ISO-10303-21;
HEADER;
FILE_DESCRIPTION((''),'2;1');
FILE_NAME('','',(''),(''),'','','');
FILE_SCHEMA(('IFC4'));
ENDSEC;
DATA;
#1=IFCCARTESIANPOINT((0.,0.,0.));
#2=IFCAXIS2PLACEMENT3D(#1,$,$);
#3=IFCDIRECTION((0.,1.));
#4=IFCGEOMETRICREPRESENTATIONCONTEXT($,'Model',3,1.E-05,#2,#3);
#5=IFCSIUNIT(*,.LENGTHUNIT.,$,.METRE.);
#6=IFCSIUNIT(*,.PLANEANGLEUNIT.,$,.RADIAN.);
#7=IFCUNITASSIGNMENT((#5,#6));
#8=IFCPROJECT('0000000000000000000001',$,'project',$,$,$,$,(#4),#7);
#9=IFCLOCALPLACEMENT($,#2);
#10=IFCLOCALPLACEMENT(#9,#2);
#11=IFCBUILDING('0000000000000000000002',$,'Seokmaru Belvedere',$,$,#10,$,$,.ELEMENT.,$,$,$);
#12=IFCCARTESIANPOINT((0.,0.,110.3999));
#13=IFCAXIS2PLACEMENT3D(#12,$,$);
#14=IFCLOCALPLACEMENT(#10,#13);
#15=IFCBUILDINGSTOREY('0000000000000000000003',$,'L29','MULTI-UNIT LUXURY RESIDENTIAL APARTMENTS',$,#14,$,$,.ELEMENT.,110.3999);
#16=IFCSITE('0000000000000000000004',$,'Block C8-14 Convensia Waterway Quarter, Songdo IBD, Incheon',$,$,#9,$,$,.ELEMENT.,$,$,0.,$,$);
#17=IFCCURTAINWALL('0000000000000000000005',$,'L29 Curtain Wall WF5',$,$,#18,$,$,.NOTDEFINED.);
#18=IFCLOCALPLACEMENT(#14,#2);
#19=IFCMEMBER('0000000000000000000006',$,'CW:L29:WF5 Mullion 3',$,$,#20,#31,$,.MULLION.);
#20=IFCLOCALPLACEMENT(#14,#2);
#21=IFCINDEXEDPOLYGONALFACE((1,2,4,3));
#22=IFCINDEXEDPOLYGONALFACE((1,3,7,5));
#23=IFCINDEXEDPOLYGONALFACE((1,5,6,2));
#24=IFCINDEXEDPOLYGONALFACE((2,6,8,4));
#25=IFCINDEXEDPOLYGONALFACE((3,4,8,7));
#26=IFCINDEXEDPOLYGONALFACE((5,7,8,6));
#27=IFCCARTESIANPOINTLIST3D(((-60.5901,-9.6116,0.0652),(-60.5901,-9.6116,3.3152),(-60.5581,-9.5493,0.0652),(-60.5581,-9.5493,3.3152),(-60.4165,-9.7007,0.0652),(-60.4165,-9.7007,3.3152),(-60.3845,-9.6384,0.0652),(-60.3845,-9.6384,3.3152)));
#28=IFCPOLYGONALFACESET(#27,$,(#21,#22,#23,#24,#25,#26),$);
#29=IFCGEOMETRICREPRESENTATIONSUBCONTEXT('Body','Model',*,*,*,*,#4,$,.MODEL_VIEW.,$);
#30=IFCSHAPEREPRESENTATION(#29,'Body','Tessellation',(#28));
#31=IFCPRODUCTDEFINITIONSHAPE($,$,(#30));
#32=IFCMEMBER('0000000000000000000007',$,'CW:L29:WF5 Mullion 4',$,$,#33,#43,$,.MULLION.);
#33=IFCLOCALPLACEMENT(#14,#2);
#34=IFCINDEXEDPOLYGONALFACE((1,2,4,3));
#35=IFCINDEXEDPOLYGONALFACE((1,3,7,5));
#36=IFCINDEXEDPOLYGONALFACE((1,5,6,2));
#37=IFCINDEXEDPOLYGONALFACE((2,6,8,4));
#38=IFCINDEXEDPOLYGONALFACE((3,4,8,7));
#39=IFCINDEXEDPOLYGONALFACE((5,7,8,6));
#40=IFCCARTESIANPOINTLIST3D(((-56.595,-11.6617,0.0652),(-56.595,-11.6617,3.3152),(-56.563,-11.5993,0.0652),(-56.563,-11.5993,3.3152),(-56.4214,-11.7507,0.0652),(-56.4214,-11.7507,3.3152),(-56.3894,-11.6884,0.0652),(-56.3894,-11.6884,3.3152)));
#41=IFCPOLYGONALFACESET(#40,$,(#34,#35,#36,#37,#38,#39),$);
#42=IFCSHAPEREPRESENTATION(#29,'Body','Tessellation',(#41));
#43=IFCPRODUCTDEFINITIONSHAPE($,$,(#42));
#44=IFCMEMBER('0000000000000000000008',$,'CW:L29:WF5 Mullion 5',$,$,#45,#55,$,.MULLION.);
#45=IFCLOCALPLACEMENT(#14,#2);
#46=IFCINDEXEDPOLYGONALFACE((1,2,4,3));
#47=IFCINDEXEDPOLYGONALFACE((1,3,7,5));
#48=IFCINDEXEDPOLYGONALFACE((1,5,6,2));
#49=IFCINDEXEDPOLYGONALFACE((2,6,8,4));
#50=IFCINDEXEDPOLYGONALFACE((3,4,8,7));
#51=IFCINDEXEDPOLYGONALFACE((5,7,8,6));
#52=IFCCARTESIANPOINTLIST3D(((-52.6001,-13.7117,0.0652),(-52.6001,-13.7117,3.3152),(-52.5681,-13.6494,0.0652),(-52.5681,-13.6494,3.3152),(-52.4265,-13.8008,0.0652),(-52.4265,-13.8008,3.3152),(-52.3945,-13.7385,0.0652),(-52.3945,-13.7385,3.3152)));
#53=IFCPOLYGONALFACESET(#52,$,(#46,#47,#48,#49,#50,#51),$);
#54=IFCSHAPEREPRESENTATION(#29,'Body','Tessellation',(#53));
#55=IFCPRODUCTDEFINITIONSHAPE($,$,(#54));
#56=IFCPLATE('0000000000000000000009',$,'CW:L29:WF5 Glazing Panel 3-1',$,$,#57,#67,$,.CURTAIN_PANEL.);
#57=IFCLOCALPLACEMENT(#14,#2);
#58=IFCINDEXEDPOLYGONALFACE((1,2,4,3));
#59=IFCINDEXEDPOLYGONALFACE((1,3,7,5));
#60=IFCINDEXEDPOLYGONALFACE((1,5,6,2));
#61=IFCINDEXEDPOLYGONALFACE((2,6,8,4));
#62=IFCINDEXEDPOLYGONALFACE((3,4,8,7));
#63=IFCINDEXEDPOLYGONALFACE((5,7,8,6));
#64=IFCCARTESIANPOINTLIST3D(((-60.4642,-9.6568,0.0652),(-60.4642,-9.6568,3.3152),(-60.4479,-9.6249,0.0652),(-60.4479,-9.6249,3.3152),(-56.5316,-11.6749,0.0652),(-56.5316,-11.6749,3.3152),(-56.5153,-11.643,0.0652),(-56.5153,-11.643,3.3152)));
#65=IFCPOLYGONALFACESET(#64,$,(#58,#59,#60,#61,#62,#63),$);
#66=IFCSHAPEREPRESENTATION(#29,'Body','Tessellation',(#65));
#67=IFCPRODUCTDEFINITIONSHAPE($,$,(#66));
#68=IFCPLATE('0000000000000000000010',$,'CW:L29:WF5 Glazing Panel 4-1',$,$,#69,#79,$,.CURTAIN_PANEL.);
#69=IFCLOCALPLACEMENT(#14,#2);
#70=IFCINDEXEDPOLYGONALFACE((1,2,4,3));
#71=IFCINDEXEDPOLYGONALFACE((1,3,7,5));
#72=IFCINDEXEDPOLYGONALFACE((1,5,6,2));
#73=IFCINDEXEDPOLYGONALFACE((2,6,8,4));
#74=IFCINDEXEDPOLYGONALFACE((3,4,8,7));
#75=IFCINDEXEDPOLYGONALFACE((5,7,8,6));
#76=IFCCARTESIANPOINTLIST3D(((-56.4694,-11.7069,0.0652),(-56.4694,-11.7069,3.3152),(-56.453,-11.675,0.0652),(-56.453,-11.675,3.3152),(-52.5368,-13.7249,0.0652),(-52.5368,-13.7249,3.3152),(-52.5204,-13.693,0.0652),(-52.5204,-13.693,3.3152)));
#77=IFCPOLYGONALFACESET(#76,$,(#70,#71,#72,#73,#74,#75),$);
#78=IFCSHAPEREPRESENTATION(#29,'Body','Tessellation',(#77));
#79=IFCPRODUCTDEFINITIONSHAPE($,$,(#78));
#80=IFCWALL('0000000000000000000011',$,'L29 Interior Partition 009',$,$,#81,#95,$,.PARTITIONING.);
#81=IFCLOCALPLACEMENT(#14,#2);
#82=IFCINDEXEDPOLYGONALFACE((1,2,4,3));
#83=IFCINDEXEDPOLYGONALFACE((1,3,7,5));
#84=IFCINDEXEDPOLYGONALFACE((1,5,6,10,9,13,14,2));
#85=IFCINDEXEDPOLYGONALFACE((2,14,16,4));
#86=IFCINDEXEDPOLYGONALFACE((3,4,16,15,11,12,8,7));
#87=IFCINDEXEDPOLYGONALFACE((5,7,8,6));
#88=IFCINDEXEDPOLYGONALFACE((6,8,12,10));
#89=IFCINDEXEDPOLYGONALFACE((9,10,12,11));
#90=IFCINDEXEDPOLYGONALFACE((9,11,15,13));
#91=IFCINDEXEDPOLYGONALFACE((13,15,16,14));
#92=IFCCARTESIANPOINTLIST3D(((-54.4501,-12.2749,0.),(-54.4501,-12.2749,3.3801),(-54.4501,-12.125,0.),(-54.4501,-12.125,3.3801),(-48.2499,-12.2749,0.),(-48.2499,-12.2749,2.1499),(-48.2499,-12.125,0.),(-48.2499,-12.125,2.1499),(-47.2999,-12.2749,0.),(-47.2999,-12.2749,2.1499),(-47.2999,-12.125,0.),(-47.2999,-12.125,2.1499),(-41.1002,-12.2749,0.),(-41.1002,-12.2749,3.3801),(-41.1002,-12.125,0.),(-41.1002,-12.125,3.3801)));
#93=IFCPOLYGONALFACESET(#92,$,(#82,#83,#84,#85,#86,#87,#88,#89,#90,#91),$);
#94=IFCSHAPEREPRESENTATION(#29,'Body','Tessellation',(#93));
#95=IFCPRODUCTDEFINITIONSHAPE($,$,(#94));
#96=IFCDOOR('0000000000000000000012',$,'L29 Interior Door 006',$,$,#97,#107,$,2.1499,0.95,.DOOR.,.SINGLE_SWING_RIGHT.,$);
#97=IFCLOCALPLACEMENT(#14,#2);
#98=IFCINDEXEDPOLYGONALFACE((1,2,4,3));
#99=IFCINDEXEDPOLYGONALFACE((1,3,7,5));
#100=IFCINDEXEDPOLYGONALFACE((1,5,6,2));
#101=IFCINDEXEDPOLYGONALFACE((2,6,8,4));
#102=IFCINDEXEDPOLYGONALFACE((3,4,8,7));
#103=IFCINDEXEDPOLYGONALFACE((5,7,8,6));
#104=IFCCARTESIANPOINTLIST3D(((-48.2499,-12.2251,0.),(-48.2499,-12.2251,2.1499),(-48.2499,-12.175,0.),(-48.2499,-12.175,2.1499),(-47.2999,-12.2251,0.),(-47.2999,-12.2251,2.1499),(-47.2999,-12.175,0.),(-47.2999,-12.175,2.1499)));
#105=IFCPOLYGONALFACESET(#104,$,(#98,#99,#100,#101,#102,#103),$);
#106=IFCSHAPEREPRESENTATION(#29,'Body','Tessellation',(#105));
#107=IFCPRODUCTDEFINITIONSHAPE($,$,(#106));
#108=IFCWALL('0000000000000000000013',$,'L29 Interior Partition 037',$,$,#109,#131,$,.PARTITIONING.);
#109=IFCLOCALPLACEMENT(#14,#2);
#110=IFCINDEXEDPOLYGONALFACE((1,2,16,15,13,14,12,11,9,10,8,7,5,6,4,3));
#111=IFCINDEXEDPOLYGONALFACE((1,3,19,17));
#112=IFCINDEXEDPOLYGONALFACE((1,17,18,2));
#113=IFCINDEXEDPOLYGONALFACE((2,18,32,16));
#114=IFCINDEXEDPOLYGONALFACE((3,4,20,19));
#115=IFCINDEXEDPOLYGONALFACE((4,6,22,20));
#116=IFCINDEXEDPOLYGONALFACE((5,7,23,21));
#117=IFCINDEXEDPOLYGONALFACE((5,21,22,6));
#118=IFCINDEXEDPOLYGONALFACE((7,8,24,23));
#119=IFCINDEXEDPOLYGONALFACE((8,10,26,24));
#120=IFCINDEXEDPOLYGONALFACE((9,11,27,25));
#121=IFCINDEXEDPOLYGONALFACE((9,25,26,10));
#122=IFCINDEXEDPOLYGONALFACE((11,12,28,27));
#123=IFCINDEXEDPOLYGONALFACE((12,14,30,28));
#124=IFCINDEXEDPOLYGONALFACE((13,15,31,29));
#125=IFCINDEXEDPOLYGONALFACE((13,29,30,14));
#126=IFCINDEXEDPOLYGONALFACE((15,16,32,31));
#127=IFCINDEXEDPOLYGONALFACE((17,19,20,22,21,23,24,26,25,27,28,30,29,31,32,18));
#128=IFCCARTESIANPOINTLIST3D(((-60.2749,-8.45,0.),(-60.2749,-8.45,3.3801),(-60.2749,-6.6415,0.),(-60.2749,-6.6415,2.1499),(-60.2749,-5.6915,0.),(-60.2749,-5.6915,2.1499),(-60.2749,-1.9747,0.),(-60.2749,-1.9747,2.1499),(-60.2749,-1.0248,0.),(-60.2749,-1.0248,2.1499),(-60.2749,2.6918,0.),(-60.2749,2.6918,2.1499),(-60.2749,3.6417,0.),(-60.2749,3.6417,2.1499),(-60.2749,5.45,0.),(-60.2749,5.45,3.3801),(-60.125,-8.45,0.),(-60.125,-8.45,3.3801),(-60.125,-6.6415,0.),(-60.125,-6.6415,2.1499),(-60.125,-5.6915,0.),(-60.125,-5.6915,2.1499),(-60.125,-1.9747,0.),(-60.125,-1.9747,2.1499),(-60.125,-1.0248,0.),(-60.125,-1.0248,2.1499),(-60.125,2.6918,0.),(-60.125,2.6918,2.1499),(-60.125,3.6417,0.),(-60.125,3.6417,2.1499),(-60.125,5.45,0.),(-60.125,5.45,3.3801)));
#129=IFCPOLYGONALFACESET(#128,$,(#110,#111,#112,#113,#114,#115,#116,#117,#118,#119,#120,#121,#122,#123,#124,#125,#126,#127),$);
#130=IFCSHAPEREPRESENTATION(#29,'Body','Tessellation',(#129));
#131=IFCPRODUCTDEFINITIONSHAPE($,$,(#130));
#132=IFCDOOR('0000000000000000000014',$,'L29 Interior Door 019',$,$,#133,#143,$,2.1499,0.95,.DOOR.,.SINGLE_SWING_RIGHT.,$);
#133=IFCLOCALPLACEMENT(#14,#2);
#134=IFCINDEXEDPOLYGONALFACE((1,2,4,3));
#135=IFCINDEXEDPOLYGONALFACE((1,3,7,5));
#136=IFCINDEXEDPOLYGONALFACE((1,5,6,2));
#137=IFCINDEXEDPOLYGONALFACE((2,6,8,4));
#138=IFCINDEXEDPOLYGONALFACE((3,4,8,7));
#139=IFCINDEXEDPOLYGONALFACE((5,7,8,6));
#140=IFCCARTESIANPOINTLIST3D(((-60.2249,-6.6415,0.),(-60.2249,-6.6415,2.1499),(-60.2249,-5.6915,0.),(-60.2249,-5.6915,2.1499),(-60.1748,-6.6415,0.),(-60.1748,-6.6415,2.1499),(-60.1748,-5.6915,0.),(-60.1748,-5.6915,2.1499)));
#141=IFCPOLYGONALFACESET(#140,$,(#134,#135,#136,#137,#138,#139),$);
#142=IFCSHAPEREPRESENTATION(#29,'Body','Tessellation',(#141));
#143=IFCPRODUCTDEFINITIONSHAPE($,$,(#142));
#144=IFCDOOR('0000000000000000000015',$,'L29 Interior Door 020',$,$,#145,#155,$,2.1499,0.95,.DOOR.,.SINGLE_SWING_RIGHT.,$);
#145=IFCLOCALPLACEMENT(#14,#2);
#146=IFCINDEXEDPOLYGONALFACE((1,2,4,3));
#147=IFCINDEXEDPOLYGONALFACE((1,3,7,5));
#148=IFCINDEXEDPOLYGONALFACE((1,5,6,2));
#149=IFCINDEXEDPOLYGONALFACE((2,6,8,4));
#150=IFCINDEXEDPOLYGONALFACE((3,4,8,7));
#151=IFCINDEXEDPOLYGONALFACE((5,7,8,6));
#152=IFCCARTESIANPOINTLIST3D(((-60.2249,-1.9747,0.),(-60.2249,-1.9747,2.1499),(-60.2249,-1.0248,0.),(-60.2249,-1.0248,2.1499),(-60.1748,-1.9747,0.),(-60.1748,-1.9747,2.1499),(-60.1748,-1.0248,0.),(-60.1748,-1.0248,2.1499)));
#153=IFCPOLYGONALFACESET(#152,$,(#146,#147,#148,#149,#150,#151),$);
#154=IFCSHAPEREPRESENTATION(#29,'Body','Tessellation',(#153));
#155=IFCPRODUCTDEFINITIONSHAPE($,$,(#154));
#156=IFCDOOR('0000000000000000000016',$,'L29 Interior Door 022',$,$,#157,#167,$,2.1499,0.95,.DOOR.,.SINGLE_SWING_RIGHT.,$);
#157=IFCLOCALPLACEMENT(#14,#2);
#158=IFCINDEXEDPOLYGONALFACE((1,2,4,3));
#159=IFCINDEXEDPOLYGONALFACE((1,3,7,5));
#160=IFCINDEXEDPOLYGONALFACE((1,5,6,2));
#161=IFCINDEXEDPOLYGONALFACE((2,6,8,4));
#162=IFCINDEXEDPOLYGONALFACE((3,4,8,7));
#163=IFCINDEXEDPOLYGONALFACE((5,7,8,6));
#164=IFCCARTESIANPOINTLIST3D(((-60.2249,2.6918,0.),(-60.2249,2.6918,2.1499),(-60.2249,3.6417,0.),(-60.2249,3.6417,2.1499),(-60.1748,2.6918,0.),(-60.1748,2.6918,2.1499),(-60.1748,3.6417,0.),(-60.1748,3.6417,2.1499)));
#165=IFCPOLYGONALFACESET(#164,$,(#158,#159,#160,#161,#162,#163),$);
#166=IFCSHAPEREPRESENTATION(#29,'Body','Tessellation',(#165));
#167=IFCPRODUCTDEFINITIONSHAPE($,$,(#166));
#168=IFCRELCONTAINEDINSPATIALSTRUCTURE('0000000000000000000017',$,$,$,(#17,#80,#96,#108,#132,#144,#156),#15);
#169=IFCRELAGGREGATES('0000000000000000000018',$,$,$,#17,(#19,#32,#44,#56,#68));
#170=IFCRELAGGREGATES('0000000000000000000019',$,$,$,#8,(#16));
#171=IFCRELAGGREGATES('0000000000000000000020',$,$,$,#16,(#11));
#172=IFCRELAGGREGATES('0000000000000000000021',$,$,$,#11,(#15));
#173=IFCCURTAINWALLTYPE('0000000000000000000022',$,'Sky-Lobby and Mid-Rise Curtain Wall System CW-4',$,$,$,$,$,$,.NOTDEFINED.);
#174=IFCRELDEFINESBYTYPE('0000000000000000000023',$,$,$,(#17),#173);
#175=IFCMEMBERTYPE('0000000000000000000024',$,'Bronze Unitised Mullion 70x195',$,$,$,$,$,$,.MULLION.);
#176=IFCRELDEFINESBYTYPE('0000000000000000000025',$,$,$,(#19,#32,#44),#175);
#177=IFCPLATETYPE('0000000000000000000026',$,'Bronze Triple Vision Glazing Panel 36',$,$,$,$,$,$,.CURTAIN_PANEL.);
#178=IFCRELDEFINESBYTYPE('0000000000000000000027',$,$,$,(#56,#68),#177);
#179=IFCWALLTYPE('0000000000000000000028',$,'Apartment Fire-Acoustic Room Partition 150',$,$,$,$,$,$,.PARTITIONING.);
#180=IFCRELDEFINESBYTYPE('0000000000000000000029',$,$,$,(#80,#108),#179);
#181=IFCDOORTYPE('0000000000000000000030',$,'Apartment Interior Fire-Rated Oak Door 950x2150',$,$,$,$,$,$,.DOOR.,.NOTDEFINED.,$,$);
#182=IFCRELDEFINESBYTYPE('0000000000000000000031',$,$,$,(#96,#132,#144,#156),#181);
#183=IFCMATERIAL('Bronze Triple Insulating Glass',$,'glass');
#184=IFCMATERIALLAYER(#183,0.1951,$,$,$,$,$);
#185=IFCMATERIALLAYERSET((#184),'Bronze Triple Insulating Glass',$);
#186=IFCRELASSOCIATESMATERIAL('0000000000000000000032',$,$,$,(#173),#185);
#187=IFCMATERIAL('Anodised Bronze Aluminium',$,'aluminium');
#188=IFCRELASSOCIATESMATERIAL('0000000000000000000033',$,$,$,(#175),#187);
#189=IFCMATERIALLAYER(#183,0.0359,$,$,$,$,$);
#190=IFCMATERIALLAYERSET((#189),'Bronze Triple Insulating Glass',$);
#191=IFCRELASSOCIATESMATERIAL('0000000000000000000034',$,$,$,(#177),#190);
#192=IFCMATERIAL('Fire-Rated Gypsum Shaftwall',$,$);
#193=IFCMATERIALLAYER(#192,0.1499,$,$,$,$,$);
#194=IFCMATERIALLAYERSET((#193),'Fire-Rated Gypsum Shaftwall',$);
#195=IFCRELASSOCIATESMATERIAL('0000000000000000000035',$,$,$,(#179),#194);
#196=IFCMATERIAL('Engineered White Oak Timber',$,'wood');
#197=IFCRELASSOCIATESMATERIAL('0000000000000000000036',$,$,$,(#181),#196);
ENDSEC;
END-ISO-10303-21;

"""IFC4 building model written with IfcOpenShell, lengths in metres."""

from ifc_helpers import new_model, si_unit, direction, frame, frame_2d, origin, origin_2d, place, context, subcontext, project, spatial, rectangle, extrude, source, transform, mapped, material, layer, layer_set, material_profile, profile_set, type_object, type_shapes, element, fill, aggregate, save


model = new_model("IFC4")

# Units and contexts
model_context = context("Model", 3, precision=1e-05, world=origin(), true_north=direction((0.0, 1.0)))
body_context = subcontext(model_context, "Body", "Model", "MODEL_VIEW")
ifc_project = project(units=[si_unit("LENGTHUNIT", "METRE"), si_unit("PLANEANGLEUNIT", "RADIAN")], contexts=[model_context])

# Site, building, storey
site_placement = place(None, origin())
site = spatial("IfcSite", under=ifc_project, at=site_placement, Name="Block C8-14 Convensia Waterway Quarter, Songdo IBD, Incheon", CompositionType="ELEMENT", RefElevation=0.0)
building_placement = place(site_placement, origin())
building = spatial("IfcBuilding", under=site, at=building_placement, Name="Seokmaru Belvedere", CompositionType="ELEMENT")
storey_placement = place(building_placement, frame((0.0, 0.0, 110.3999)))
storey = spatial("IfcBuildingStorey", under=building, at=storey_placement, Name="L29", Description="MULTI-UNIT LUXURY RESIDENTIAL APARTMENTS", CompositionType="ELEMENT", Elevation=110.3999)

# Curtain wall, members, plates
ifc_material_1 = material(Name="Bronze Triple Insulating Glass", Category="glass")
ifc_layer_1 = layer(ifc_material_1, 0.1951)
ifc_layer_set_1 = layer_set([ifc_layer_1], Name="Bronze Triple Insulating Glass")
curtain_wall_type = type_object("IfcCurtainWallType", Name="Sky-Lobby and Mid-Rise Curtain Wall System CW-4", PredefinedType="NOTDEFINED", material=ifc_layer_set_1)
curtain_wall_placement = place(storey_placement, origin())
curtain_wall = element("IfcCurtainWall", 1, at=curtain_wall_placement, inside=storey, type_object=curtain_wall_type, Name="L29 Curtain Wall WF5", PredefinedType="NOTDEFINED")
ifc_material_2 = material(Name="Anodised Bronze Aluminium", Category="aluminium")
ifc_material_profile_1 = material_profile(ifc_material_2, rectangle(XDim=0.0701, YDim=0.1951, at=origin_2d()), Name="CW-M-70x195")
ifc_profile_set_1 = profile_set([ifc_material_profile_1], Name="Anodised Bronze Aluminium")
member_type = type_object("IfcMemberType", Name="Bronze Unitised Mullion 70x195", PredefinedType="MULLION", material=ifc_profile_set_1)
shared_shape_1 = source(origin(), body_context, "Body", "SweptSolid", [
    extrude(rectangle(XDim=0.0701, YDim=0.1951, at=origin_2d()), origin(), (0.0, 0.0, 1.0), 3.25),
])
type_shapes(member_type, [shared_shape_1])
member_1_placement = place(storey_placement, frame((-60.4873, -9.625, 0.0652), z_axis=(0.0, 0.0, 1.0), x_axis=(0.456555, 0.889695, 0.0)))
member_1 = element("IfcMember", 2, at=member_1_placement, type_object=member_type, Name="CW:L29:WF5 Mullion 3", PredefinedType="MULLION", context=body_context, shape_type="MappedRepresentation", body=[
    mapped(shared_shape_1, transform((0.0, 0.0, 0.0), scale=1.0)),
])
member_2_placement = place(storey_placement, frame((-56.4922, -11.675, 0.0652), z_axis=(0.0, 0.0, 1.0), x_axis=(0.456555, 0.889695, 0.0)))
member_2 = element("IfcMember", 3, at=member_2_placement, type_object=member_type, Name="CW:L29:WF5 Mullion 4", PredefinedType="MULLION", context=body_context, shape_type="MappedRepresentation", body=[
    mapped(shared_shape_1, transform((0.0, 0.0, 0.0), scale=1.0)),
])
member_3_placement = place(storey_placement, frame((-52.4973, -13.7251, 0.0652), z_axis=(0.0, 0.0, 1.0), x_axis=(0.456555, 0.889695, 0.0)))
member_3 = element("IfcMember", 4, at=member_3_placement, type_object=member_type, Name="CW:L29:WF5 Mullion 5", PredefinedType="MULLION", context=body_context, shape_type="MappedRepresentation", body=[
    mapped(shared_shape_1, transform((0.0, 0.0, 0.0), scale=1.0)),
])
ifc_layer_2 = layer(ifc_material_1, 0.0359)
ifc_layer_set_2 = layer_set([ifc_layer_2], Name="Bronze Triple Insulating Glass")
plate_type = type_object("IfcPlateType", Name="Bronze Triple Vision Glazing Panel 36", PredefinedType="CURTAIN_PANEL", material=ifc_layer_set_2)
shared_shape_2 = source(origin(), body_context, "Body", "SweptSolid", [
    extrude(rectangle(XDim=4.4202, YDim=0.0359, at=origin_2d()), origin(), (0.0, 0.0, 1.0), 3.25),
])
type_shapes(plate_type, [shared_shape_2])
plate_1_placement = place(storey_placement, frame((-58.4897, -10.6499, 0.0652), z_axis=(0.0, 0.0, 1.0), x_axis=(0.889695, -0.456555, 0.0)))
plate_1 = element("IfcPlate", 5, at=plate_1_placement, type_object=plate_type, Name="CW:L29:WF5 Glazing Panel 3-1", PredefinedType="CURTAIN_PANEL", context=body_context, shape_type="MappedRepresentation", body=[
    mapped(shared_shape_2, transform((0.0, 0.0, 0.0), scale=1.0)),
])
plate_2_placement = place(storey_placement, frame((-54.4949, -12.7, 0.0652), z_axis=(0.0, 0.0, 1.0), x_axis=(0.889695, -0.456555, 0.0)))
plate_2 = element("IfcPlate", 6, at=plate_2_placement, type_object=plate_type, Name="CW:L29:WF5 Glazing Panel 4-1", PredefinedType="CURTAIN_PANEL", context=body_context, shape_type="MappedRepresentation", body=[
    mapped(shared_shape_2, transform((0.0, 0.0, 0.0), scale=1.0)),
])
aggregate(curtain_wall, [member_1, member_2, member_3, plate_1, plate_2])

# Wall, opening, door
ifc_material_3 = material(Name="Fire-Rated Gypsum Shaftwall")
ifc_layer_3 = layer(ifc_material_3, 0.1499)
ifc_layer_set_3 = layer_set([ifc_layer_3], Name="Fire-Rated Gypsum Shaftwall")
wall_type = type_object("IfcWallType", Name="Apartment Fire-Acoustic Room Partition 150", PredefinedType="PARTITIONING", material=ifc_layer_set_3)
wall_1_placement = place(storey_placement, frame((-54.45, -12.2, 0.0), z_axis=(0.0, 0.0, 1.0), x_axis=(1.0, 0.0, 0.0)))
wall_1 = element("IfcWall", 7, at=wall_1_placement, inside=storey, type_object=wall_type, Name="L29 Interior Partition 009", PredefinedType="PARTITIONING", context=body_context, shape_type="SweptSolid", body=[
    extrude(rectangle(XDim=13.3499, YDim=0.1499, at=frame_2d((6.6748, 0.0))), origin(), (0.0, 0.0, 1.0), 3.3801),
])
opening_1_placement = place(wall_1_placement, frame((6.2, 0.0, 0.0)))
opening_1 = element("IfcOpeningElement", 8, at=opening_1_placement, cuts=wall_1, PredefinedType="OPENING", context=body_context, shape_type="SweptSolid", body=[
    extrude(rectangle(XDim=0.95, YDim=2.1499, at=frame_2d((0.4751, 1.075))), frame((0.0, 0.085, 0.0), z_axis=(0.0, -1.0, 0.0), x_axis=(1.0, 0.0, 0.0)), (0.0, 0.0, 1.0), 0.1699),
])
ifc_material_4 = material(Name="Engineered White Oak Timber", Category="wood")
door_type = type_object("IfcDoorType", Name="Apartment Interior Fire-Rated Oak Door 950x2150", OperationType="NOTDEFINED", PredefinedType="DOOR", material=ifc_material_4)
shared_shape_3 = source(origin(), body_context, "Body", "SweptSolid", [
    extrude(rectangle(XDim=0.95, YDim=2.1499, at=frame_2d((0.4751, 1.075))), frame((0.0, 0.0249, 0.0), z_axis=(0.0, -1.0, 0.0), x_axis=(1.0, 0.0, 0.0)), (0.0, 0.0, 1.0), 0.05),
])
type_shapes(door_type, [shared_shape_3])
door_1_placement = place(opening_1_placement, origin())
door_1 = element("IfcDoor", 9, at=door_1_placement, inside=storey, type_object=door_type, Name="L29 Interior Door 006", OperationType="SINGLE_SWING_RIGHT", OverallHeight=2.1499, OverallWidth=0.95, PredefinedType="DOOR", context=body_context, shape_type="MappedRepresentation", body=[
    mapped(shared_shape_3, transform((0.0, 0.0, 0.0), scale=1.0)),
])
fill(opening_1, door_1)

# Wall, openings, doors
wall_2_placement = place(storey_placement, frame((-60.2, -8.45, 0.0), z_axis=(0.0, 0.0, 1.0), x_axis=(0.0, 1.0, 0.0)))
wall_2 = element("IfcWall", 10, at=wall_2_placement, inside=storey, type_object=wall_type, Name="L29 Interior Partition 037", PredefinedType="PARTITIONING", context=body_context, shape_type="SweptSolid", body=[
    extrude(rectangle(XDim=13.8999, YDim=0.1499, at=frame_2d((6.95, 0.0))), origin(), (0.0, 0.0, 1.0), 3.3801),
])
opening_2_placement = place(wall_2_placement, frame((1.8083, 0.0, 0.0)))
opening_2 = element("IfcOpeningElement", 11, at=opening_2_placement, cuts=wall_2, PredefinedType="OPENING", context=body_context, shape_type="SweptSolid", body=[
    extrude(rectangle(XDim=0.95, YDim=2.1499, at=frame_2d((0.4751, 1.075))), frame((0.0, 0.085, 0.0), z_axis=(0.0, -1.0, 0.0), x_axis=(1.0, 0.0, 0.0)), (0.0, 0.0, 1.0), 0.1699),
])
opening_3_placement = place(wall_2_placement, frame((6.4751, 0.0, 0.0)))
opening_3 = element("IfcOpeningElement", 12, at=opening_3_placement, cuts=wall_2, PredefinedType="OPENING", context=body_context, shape_type="SweptSolid", body=[
    extrude(rectangle(XDim=0.95, YDim=2.1499, at=frame_2d((0.4751, 1.075))), frame((0.0, 0.085, 0.0), z_axis=(0.0, -1.0, 0.0), x_axis=(1.0, 0.0, 0.0)), (0.0, 0.0, 1.0), 0.1699),
])
opening_4_placement = place(wall_2_placement, frame((11.1416, 0.0, 0.0)))
opening_4 = element("IfcOpeningElement", 13, at=opening_4_placement, cuts=wall_2, PredefinedType="OPENING", context=body_context, shape_type="SweptSolid", body=[
    extrude(rectangle(XDim=0.95, YDim=2.1499, at=frame_2d((0.4751, 1.075))), frame((0.0, 0.085, 0.0), z_axis=(0.0, -1.0, 0.0), x_axis=(1.0, 0.0, 0.0)), (0.0, 0.0, 1.0), 0.1699),
])
door_2_placement = place(opening_2_placement, origin())
door_2 = element("IfcDoor", 14, at=door_2_placement, inside=storey, type_object=door_type, Name="L29 Interior Door 019", OperationType="SINGLE_SWING_RIGHT", OverallHeight=2.1499, OverallWidth=0.95, PredefinedType="DOOR", context=body_context, shape_type="MappedRepresentation", body=[
    mapped(shared_shape_3, transform((0.0, 0.0, 0.0), scale=1.0)),
])
fill(opening_2, door_2)
door_3_placement = place(opening_3_placement, origin())
door_3 = element("IfcDoor", 15, at=door_3_placement, inside=storey, type_object=door_type, Name="L29 Interior Door 020", OperationType="SINGLE_SWING_RIGHT", OverallHeight=2.1499, OverallWidth=0.95, PredefinedType="DOOR", context=body_context, shape_type="MappedRepresentation", body=[
    mapped(shared_shape_3, transform((0.0, 0.0, 0.0), scale=1.0)),
])
fill(opening_3, door_3)
door_4_placement = place(opening_4_placement, origin())
door_4 = element("IfcDoor", 16, at=door_4_placement, inside=storey, type_object=door_type, Name="L29 Interior Door 022", OperationType="SINGLE_SWING_RIGHT", OverallHeight=2.1499, OverallWidth=0.95, PredefinedType="DOOR", context=body_context, shape_type="MappedRepresentation", body=[
    mapped(shared_shape_3, transform((0.0, 0.0, 0.0), scale=1.0)),
])
fill(opening_4, door_4)

save(model, "model.ifc")
